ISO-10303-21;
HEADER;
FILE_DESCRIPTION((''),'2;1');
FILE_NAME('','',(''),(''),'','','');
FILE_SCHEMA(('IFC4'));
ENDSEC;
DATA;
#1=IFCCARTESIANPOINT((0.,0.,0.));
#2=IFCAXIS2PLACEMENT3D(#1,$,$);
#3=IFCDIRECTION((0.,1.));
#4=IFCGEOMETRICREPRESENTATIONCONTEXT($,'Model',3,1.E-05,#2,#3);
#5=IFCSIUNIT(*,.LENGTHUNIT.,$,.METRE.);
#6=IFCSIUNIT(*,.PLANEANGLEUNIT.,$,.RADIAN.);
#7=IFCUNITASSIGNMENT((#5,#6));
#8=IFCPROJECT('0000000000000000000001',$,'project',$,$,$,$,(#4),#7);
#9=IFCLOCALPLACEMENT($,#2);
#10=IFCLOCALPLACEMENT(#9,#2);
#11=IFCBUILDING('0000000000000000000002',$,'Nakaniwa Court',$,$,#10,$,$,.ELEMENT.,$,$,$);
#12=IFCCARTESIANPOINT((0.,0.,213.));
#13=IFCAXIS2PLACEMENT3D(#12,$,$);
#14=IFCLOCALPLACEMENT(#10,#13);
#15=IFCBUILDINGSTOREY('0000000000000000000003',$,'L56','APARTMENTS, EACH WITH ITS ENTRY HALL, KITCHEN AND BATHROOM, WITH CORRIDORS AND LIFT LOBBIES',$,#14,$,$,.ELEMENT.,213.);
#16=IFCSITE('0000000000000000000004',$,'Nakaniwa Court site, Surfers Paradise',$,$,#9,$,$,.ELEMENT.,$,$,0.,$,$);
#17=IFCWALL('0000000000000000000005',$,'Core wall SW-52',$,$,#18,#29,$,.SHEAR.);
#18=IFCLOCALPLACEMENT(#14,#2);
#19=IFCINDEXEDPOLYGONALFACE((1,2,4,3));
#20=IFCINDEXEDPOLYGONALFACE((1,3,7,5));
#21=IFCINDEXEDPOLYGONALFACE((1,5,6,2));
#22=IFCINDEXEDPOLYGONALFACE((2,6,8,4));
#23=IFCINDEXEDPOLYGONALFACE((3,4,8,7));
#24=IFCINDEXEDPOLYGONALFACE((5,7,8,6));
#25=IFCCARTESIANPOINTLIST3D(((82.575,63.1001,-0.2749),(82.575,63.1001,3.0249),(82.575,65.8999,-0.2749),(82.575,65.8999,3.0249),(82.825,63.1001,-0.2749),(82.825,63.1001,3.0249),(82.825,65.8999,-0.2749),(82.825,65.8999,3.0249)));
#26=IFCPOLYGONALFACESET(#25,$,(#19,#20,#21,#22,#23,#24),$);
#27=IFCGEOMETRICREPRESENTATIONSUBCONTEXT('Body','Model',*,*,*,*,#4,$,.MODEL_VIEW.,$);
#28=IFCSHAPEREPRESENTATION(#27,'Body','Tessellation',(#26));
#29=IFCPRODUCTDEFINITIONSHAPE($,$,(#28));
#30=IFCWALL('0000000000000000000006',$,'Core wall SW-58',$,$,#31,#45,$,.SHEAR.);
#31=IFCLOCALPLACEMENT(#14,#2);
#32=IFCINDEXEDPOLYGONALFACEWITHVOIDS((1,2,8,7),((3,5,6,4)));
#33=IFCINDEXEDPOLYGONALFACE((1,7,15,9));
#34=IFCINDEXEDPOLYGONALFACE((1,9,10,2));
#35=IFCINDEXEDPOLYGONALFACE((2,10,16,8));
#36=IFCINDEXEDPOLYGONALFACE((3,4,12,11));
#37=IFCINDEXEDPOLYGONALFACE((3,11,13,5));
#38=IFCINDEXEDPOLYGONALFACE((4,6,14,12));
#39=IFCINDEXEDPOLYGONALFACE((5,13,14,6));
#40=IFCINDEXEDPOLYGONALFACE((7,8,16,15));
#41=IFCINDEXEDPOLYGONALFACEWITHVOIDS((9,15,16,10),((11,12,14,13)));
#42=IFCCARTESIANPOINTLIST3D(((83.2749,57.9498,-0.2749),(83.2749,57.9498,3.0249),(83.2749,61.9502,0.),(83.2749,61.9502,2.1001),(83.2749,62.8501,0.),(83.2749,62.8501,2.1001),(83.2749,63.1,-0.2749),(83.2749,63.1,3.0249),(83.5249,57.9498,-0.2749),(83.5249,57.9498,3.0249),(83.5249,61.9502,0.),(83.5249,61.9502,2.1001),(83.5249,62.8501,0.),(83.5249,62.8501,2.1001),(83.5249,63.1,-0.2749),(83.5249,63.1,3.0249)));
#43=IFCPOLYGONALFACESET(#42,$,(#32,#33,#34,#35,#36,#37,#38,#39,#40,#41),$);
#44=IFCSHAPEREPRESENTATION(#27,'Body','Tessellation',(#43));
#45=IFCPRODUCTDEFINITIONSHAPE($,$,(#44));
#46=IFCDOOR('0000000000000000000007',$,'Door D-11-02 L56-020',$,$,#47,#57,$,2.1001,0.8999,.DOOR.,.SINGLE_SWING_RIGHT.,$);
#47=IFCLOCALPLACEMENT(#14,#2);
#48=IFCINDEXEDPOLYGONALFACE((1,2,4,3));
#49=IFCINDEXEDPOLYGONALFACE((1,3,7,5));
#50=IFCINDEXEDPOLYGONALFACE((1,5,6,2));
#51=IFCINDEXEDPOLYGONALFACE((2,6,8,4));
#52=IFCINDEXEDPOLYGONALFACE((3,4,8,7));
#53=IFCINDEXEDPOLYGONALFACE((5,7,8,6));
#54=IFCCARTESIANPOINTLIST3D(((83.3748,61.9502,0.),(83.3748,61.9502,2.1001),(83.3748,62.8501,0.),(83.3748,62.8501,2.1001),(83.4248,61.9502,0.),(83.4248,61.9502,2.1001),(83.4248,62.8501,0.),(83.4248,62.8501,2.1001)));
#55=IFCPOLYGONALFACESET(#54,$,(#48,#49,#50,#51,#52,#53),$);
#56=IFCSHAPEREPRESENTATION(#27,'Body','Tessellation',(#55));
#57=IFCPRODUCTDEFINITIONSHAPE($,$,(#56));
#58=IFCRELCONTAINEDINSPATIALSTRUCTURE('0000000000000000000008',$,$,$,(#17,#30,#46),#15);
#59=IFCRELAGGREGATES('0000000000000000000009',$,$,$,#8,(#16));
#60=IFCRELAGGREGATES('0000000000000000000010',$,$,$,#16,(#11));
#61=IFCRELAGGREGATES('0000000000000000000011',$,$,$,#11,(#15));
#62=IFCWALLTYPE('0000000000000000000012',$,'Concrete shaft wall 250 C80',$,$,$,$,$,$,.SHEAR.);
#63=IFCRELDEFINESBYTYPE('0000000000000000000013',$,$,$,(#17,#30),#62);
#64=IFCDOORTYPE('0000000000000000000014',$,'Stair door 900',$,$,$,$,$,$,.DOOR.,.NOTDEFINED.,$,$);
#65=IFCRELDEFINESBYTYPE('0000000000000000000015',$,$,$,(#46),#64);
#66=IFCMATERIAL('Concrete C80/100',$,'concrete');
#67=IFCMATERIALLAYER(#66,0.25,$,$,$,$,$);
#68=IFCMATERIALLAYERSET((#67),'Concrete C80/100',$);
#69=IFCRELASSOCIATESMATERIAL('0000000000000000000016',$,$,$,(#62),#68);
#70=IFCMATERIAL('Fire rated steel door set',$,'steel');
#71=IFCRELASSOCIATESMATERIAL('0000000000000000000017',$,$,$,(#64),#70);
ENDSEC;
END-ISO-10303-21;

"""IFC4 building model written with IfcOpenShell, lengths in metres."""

from ifc_helpers import new_model, si_unit, direction, frame, frame_2d, origin, place, context, subcontext, project, spatial, rectangle, extrude, material, layer, layer_set, type_object, element, fill, save


model = new_model("IFC4")

# Units and contexts
model_context = context("Model", 3, precision=1e-05, world=origin(), true_north=direction((0.0, 1.0)))
body_context = subcontext(model_context, "Body", "Model", "MODEL_VIEW")
ifc_project = project(units=[si_unit("LENGTHUNIT", "METRE"), si_unit("PLANEANGLEUNIT", "RADIAN")], contexts=[model_context])

# Site, building, storey
site_placement = place(None, origin())
site = spatial("IfcSite", under=ifc_project, at=site_placement, Name="Nakaniwa Court site, Surfers Paradise", CompositionType="ELEMENT", RefElevation=0.0)
building_placement = place(site_placement, origin())
building = spatial("IfcBuilding", under=site, at=building_placement, Name="Nakaniwa Court", CompositionType="ELEMENT")
storey_placement = place(building_placement, frame((0.0, 0.0, 213.0)))
storey = spatial("IfcBuildingStorey", under=building, at=storey_placement, Name="L56", Description="APARTMENTS, EACH WITH ITS ENTRY HALL, KITCHEN AND BATHROOM, WITH CORRIDORS AND LIFT LOBBIES", CompositionType="ELEMENT", Elevation=213.0)

# Shared definitions
ifc_material_1 = material(Name="Fire rated steel door set", Category="steel")
ifc_material_2 = material(Name="Concrete C80/100", Category="concrete")

# Wall
ifc_layer_1 = layer(ifc_material_2, 0.25)
ifc_layer_set_1 = layer_set([ifc_layer_1], Name="Concrete C80/100")
wall_type_1 = type_object("IfcWallType", Name="Concrete shaft wall 250 C80", PredefinedType="SHEAR", material=ifc_layer_set_1)
wall_1_placement = place(storey_placement, frame((82.7, 63.1001, -0.2749), z_axis=(0.0, 0.0, 1.0), x_axis=(0.0, 1.0, 0.0)))
element("IfcWall", 1, at=wall_1_placement, inside=storey, type_object=wall_type_1, Name="Core wall SW-52", PredefinedType="SHEAR", context=body_context, shape_type="SweptSolid", body=[
    extrude(rectangle(XDim=2.7998, YDim=0.25, at=frame_2d((1.3999, 0.0))), origin(), (0.0, 0.0, 1.0), 3.2998),
])

# Wall, opening, door
wall_2_placement = place(storey_placement, frame((83.3999, 63.1001, -0.2749), z_axis=(0.0, 0.0, 1.0), x_axis=(0.0, -1.0, 0.0)))
wall_2 = element("IfcWall", 2, at=wall_2_placement, inside=storey, type_object=wall_type_1, Name="Core wall SW-58", PredefinedType="SHEAR", context=body_context, shape_type="SweptSolid", body=[
    extrude(rectangle(XDim=5.1501, YDim=0.25, at=frame_2d((2.5752, 0.0))), origin(), (0.0, 0.0, 1.0), 3.2998),
])
opening_1_placement = place(wall_2_placement, frame((0.25, 0.0, 0.2749)))
opening_1 = element("IfcOpeningElement", 3, at=opening_1_placement, cuts=wall_2, PredefinedType="OPENING", context=body_context, shape_type="SweptSolid", body=[
    extrude(rectangle(XDim=0.8999, YDim=2.1001, at=frame_2d((0.45, 1.05))), frame((0.0, 0.135, 0.0), z_axis=(0.0, -1.0, 0.0), x_axis=(1.0, 0.0, 0.0)), (0.0, 0.0, 1.0), 0.27),
])
door_type_1 = type_object("IfcDoorType", Name="Stair door 900", OperationType="NOTDEFINED", PredefinedType="DOOR", material=ifc_material_1)
door_1_placement = place(opening_1_placement, origin())
door_1 = element("IfcDoor", 4, at=door_1_placement, inside=storey, type_object=door_type_1, Name="Door D-11-02 L56-020", OperationType="SINGLE_SWING_RIGHT", OverallHeight=2.1001, OverallWidth=0.8999, PredefinedType="DOOR", context=body_context, shape_type="SweptSolid", body=[
    extrude(rectangle(XDim=0.8999, YDim=2.1001, at=frame_2d((0.45, 1.05))), frame((0.0, 0.0249, 0.0), z_axis=(0.0, -1.0, 0.0), x_axis=(1.0, 0.0, 0.0)), (0.0, 0.0, 1.0), 0.05),
])
fill(opening_1, door_1)

save(model, "model.ifc")
